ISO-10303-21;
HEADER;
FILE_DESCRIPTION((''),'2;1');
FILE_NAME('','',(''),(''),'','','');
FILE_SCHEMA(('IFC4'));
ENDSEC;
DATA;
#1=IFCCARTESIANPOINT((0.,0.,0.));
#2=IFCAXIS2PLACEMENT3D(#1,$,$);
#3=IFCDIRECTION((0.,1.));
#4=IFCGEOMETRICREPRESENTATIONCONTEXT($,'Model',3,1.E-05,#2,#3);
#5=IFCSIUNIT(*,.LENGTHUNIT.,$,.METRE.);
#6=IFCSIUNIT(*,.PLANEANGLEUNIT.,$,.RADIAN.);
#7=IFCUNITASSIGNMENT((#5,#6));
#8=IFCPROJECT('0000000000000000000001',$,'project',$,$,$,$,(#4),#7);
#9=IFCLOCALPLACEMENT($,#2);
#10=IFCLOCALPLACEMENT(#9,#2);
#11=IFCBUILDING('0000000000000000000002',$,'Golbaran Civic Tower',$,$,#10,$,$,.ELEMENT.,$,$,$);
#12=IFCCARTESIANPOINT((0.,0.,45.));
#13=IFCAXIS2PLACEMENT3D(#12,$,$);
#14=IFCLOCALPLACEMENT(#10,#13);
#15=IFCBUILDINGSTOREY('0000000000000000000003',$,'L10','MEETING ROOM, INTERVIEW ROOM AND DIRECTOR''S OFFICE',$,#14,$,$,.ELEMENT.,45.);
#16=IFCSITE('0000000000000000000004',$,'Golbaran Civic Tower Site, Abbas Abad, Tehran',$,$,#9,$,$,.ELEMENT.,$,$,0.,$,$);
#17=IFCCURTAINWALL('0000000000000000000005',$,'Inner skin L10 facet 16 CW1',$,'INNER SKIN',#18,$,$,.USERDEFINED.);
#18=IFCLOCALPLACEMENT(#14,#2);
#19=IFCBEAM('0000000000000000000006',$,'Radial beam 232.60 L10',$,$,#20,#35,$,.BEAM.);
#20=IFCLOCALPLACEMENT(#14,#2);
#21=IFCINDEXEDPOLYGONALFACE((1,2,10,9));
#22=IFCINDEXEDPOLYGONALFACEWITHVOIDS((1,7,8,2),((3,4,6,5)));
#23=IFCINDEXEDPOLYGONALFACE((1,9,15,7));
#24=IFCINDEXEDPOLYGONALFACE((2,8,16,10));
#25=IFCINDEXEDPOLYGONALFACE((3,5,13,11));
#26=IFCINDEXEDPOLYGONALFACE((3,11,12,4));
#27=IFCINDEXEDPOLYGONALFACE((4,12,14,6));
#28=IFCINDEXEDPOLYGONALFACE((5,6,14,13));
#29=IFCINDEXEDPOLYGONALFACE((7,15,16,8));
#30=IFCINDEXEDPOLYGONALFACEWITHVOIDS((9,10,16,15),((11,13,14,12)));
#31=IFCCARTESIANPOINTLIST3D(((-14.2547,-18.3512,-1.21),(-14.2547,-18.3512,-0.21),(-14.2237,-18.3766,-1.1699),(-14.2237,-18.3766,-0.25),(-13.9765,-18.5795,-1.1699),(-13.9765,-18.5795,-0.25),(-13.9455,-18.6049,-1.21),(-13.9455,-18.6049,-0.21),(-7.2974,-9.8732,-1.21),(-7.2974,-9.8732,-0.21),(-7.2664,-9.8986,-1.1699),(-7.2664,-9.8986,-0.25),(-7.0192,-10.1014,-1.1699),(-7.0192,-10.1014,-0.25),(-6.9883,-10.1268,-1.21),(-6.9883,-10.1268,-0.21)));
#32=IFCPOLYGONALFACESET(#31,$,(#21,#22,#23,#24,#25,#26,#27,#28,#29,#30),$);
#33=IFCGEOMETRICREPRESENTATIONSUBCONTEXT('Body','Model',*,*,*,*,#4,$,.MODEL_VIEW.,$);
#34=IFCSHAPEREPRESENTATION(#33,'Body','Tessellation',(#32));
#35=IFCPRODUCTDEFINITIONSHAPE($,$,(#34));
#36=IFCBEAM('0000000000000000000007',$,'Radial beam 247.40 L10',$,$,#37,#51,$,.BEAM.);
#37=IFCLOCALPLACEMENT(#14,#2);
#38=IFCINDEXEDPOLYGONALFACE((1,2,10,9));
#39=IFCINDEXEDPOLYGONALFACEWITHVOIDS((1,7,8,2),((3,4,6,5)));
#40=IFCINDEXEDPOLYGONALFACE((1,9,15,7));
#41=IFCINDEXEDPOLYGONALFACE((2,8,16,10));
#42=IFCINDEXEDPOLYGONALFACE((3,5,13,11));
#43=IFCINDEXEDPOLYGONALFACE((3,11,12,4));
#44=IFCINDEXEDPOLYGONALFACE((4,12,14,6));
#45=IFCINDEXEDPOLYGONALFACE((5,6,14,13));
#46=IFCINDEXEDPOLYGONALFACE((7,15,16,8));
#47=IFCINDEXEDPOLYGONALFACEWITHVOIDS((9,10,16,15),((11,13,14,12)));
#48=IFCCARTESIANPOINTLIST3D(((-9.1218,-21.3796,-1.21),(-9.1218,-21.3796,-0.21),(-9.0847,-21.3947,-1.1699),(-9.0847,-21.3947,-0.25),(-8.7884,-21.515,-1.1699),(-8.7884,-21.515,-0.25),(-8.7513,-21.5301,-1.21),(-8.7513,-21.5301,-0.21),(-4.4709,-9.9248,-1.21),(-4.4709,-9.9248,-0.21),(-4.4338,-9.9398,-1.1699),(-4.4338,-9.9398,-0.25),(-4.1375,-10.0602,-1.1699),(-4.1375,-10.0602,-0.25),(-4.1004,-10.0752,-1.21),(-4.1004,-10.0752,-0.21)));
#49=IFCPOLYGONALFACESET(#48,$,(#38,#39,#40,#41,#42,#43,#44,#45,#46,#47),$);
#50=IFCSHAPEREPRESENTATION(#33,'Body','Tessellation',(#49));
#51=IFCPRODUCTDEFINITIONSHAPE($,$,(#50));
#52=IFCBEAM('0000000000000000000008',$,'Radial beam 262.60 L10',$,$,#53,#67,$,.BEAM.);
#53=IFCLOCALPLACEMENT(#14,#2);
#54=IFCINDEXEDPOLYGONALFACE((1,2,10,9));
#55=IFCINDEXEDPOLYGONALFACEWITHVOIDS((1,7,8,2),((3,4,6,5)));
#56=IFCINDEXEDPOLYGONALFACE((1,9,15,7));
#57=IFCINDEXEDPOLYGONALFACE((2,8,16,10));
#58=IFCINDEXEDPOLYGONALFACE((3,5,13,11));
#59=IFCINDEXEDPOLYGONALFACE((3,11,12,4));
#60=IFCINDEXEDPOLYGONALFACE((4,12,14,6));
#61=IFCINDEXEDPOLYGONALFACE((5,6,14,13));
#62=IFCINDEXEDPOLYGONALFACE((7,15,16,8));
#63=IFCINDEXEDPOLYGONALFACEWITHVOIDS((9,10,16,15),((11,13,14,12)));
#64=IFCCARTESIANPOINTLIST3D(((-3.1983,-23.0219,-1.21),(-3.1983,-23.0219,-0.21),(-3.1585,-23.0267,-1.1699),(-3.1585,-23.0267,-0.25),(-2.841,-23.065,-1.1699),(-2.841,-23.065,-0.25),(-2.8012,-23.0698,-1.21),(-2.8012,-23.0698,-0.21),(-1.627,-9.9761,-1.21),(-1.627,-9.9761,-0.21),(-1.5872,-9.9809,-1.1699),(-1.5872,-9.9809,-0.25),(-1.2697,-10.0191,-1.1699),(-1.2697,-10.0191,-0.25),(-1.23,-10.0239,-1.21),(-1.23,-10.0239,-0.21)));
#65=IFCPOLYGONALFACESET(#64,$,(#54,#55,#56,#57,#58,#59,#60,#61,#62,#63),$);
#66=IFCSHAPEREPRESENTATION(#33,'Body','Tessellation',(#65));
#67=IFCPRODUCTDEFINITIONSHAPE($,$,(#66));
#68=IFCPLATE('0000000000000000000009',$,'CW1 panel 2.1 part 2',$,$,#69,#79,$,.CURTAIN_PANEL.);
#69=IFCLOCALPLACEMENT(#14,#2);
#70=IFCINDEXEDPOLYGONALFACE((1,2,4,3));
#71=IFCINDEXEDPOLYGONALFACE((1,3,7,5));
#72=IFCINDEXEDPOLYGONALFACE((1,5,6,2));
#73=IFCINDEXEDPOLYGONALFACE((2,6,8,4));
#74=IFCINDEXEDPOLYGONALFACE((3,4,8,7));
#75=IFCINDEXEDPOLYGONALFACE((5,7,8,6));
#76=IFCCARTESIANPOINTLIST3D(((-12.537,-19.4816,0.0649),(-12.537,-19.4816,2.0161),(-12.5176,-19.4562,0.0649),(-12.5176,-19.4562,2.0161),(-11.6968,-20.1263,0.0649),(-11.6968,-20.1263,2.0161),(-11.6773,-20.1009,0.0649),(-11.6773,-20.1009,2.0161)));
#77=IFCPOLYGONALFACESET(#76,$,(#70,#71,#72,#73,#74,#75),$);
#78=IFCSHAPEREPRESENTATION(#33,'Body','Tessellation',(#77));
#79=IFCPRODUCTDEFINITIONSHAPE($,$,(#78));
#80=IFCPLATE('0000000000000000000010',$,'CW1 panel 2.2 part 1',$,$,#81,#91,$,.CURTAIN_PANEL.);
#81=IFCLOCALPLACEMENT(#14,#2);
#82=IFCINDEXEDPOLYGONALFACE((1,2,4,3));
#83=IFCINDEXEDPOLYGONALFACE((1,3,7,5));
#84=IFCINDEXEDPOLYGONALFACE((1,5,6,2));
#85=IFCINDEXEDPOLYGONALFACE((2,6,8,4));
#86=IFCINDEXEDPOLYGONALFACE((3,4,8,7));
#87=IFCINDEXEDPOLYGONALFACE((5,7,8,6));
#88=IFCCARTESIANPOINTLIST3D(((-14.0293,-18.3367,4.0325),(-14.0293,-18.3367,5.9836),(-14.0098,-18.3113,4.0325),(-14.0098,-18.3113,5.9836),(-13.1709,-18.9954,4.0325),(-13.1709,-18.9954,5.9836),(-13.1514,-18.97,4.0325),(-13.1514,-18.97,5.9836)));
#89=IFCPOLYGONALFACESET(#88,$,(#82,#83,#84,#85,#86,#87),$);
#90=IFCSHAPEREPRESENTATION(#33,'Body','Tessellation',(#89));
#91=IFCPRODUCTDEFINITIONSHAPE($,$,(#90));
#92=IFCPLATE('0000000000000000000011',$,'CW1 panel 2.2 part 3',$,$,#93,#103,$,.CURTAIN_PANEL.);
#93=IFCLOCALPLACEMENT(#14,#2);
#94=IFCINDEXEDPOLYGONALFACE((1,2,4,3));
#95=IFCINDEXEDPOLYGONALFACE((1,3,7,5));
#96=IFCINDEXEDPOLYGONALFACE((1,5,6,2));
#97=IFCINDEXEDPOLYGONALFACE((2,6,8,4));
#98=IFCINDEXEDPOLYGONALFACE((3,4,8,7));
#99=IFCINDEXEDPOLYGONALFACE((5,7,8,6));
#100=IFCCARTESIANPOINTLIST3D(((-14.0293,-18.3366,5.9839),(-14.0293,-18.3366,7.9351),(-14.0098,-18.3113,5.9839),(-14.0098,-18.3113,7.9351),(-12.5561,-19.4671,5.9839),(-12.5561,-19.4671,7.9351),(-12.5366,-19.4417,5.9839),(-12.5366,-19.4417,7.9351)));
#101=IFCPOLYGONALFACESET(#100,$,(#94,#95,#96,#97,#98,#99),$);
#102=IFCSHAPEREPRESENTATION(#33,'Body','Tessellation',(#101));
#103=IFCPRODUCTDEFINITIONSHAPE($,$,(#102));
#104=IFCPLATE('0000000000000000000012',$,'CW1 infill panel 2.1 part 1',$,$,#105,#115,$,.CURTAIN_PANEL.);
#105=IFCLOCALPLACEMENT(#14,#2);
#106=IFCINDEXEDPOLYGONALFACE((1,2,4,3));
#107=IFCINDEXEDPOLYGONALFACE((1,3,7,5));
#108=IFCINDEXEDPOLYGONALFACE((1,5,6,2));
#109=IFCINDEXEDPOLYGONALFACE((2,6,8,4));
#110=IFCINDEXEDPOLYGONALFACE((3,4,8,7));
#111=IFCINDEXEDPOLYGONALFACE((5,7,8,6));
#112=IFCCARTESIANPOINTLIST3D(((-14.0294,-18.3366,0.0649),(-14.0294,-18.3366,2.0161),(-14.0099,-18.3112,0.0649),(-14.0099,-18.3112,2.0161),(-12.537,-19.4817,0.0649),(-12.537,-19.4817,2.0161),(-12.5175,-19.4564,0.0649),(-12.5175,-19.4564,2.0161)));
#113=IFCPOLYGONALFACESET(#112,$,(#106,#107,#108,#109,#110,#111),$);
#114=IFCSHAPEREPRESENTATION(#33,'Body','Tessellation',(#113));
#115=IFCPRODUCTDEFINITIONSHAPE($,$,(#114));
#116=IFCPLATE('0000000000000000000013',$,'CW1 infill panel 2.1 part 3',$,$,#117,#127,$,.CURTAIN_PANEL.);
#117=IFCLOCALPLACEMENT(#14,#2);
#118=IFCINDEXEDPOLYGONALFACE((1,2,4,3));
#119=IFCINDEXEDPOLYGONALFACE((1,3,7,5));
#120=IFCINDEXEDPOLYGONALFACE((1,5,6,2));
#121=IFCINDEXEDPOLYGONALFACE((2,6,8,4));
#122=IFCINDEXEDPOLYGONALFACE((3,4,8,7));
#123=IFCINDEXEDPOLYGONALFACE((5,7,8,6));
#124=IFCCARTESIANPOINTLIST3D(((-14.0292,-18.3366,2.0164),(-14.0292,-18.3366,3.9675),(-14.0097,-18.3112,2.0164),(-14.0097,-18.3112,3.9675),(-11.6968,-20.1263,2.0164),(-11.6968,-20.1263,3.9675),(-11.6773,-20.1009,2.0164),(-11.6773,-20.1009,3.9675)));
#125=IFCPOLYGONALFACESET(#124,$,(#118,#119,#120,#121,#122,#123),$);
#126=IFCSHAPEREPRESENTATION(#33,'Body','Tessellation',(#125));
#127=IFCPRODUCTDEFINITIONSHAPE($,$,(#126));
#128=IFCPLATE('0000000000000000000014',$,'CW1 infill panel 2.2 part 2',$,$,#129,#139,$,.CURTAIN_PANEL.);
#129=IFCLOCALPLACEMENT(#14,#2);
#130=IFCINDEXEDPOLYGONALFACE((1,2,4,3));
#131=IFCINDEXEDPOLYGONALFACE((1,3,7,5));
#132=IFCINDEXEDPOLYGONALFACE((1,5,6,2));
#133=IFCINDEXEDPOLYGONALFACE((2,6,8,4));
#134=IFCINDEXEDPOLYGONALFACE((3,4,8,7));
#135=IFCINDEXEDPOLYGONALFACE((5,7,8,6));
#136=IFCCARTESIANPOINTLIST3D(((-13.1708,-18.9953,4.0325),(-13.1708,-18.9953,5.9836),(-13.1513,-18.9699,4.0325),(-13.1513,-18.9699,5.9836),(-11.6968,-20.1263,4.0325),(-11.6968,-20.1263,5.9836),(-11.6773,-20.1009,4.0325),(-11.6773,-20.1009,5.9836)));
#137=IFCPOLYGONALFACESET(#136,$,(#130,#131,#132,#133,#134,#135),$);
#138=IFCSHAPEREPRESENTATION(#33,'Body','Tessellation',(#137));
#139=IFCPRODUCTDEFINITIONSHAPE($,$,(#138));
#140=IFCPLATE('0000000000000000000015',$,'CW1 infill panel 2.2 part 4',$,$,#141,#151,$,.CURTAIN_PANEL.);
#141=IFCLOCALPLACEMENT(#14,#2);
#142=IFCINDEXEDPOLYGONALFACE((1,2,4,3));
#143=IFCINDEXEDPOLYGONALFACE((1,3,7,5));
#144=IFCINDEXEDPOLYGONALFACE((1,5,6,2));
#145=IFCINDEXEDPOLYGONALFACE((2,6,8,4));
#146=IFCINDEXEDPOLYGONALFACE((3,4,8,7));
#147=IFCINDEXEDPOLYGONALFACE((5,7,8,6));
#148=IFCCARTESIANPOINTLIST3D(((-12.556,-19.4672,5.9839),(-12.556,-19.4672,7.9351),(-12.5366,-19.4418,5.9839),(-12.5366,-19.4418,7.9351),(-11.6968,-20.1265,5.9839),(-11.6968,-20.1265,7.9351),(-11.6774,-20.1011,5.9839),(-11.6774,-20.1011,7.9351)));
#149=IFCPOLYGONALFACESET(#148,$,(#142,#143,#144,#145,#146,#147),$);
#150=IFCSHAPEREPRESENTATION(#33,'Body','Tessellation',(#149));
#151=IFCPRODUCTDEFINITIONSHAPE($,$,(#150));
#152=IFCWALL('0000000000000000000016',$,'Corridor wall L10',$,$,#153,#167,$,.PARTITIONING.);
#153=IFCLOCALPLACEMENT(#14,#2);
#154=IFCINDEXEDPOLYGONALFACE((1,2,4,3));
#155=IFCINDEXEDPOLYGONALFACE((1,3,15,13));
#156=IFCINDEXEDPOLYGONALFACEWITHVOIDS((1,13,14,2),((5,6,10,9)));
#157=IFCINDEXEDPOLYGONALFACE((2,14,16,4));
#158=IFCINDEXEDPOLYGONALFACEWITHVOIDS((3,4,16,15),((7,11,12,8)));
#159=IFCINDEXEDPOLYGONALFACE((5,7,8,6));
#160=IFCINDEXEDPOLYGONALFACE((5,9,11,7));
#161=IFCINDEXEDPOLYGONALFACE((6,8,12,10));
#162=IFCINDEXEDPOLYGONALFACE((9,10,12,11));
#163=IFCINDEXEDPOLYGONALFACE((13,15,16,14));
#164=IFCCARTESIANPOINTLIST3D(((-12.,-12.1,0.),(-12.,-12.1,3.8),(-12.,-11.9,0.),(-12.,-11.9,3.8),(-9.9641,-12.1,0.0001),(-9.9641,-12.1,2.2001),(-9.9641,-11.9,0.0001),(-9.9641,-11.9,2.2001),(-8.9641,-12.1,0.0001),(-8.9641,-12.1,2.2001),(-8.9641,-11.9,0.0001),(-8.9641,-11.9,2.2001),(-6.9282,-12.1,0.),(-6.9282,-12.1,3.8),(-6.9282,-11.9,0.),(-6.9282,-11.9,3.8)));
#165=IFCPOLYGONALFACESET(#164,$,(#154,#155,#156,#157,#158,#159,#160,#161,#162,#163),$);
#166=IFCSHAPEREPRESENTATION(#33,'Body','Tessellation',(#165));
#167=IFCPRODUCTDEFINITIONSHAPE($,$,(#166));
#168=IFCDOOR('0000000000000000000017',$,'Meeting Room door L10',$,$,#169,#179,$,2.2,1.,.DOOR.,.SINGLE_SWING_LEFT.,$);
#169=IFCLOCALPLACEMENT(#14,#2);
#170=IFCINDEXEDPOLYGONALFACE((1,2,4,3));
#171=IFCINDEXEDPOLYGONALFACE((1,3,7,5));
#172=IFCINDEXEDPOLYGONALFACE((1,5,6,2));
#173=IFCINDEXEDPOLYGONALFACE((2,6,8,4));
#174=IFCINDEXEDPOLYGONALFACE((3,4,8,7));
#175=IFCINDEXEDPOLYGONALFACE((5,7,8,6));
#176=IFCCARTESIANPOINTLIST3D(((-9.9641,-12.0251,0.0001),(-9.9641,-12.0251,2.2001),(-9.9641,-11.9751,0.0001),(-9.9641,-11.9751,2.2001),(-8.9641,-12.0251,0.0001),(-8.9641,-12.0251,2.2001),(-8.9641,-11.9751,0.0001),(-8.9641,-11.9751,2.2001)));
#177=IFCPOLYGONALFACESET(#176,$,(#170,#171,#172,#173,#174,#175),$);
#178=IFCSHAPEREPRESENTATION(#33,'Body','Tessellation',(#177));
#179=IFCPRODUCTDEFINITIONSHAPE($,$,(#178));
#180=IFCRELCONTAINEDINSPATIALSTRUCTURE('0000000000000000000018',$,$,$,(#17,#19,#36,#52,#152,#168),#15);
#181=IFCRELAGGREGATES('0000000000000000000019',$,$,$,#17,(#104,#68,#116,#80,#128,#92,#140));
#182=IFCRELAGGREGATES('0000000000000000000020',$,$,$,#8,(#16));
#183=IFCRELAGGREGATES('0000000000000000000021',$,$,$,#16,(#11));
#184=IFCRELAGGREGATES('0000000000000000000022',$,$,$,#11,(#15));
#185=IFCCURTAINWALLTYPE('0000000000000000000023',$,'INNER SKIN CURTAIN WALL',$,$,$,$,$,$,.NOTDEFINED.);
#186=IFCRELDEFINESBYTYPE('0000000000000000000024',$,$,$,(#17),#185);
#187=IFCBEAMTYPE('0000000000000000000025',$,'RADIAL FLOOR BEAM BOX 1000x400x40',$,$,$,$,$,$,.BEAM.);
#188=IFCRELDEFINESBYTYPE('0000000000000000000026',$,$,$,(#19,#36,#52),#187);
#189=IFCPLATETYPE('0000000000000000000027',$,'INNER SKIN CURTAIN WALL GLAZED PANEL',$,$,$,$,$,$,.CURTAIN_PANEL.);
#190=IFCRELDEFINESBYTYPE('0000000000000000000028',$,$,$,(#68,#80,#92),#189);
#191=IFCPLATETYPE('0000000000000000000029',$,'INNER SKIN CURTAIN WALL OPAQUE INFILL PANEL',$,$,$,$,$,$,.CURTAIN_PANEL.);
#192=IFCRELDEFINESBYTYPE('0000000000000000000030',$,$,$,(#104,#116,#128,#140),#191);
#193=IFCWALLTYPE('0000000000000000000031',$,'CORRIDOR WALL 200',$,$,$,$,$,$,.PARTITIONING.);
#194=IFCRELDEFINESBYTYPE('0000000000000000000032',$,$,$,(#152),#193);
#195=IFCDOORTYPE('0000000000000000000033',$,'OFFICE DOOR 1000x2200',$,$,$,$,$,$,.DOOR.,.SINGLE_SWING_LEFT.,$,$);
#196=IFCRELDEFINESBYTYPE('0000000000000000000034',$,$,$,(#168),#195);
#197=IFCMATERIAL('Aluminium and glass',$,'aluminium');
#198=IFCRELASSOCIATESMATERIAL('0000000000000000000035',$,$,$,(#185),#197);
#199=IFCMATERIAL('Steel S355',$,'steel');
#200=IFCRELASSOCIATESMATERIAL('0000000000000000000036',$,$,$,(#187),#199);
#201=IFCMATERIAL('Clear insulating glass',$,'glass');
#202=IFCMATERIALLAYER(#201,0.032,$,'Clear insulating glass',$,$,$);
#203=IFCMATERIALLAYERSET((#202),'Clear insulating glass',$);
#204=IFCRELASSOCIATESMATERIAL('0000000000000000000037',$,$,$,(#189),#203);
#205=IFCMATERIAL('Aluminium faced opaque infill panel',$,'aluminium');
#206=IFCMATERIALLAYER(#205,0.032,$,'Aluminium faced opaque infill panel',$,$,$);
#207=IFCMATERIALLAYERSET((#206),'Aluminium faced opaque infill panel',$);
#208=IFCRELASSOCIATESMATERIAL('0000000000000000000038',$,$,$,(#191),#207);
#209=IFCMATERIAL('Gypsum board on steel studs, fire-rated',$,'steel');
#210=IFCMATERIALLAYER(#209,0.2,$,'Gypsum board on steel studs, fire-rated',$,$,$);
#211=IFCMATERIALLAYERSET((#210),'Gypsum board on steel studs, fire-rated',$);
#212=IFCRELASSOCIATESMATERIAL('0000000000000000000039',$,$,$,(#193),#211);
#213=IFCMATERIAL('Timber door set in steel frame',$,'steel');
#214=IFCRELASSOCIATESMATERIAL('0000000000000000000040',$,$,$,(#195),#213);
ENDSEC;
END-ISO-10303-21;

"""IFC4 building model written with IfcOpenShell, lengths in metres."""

from ifc_helpers import new_model, si_unit, direction, frame, frame_2d, origin, origin_2d, place, context, subcontext, project, spatial, rectangle, hollow_rectangle, extrude, material, layer, layer_set, material_profile, profile_set, type_object, element, fill, aggregate, save


model = new_model("IFC4")

# Units and contexts
model_context = context("Model", 3, precision=1e-05, world=origin(), true_north=direction((0.0, 1.0)))
body_context = subcontext(model_context, "Body", "Model", "MODEL_VIEW")
ifc_project = project(units=[si_unit("LENGTHUNIT", "METRE"), si_unit("PLANEANGLEUNIT", "RADIAN")], contexts=[model_context])

# Site, building, storey
site_placement = place(None, origin())
site = spatial("IfcSite", under=ifc_project, at=site_placement, Name="Golbaran Civic Tower Site, Abbas Abad, Tehran", CompositionType="ELEMENT", RefElevation=0.0)
building_placement = place(site_placement, origin())
building = spatial("IfcBuilding", under=site, at=building_placement, Name="Golbaran Civic Tower", CompositionType="ELEMENT")
storey_placement = place(building_placement, frame((0.0, 0.0, 45.0)))
storey = spatial("IfcBuildingStorey", under=building, at=storey_placement, Name="L10", Description="MEETING ROOM, INTERVIEW ROOM AND DIRECTOR'S OFFICE", CompositionType="ELEMENT", Elevation=45.0)

# Shared definitions
ifc_material_1 = material(Name="Steel S355", Category="steel")

# Curtain wall
ifc_material_2 = material(Name="Aluminium and glass", Category="aluminium")
curtain_wall_type = type_object("IfcCurtainWallType", Name="INNER SKIN CURTAIN WALL", PredefinedType="NOTDEFINED", material=ifc_material_2)
curtain_wall_1_placement = place(storey_placement, origin())
curtain_wall_1 = element("IfcCurtainWall", 1, at=curtain_wall_1_placement, inside=storey, type_object=curtain_wall_type, Name="Inner skin L10 facet 16 CW1", ObjectType="INNER SKIN", PredefinedType="USERDEFINED")

# Beams
ifc_material_profile_1 = material_profile(ifc_material_1, hollow_rectangle(XDim=0.3999, YDim=1.0, WallThickness=0.04, at=origin_2d()), Name="BOX 1000x400x40")
ifc_profile_set_1 = profile_set([ifc_material_profile_1], Name="Steel S355")
beam_type_1 = type_object("IfcBeamType", Name="RADIAL FLOOR BEAM BOX 1000x400x40", PredefinedType="BEAM", material=ifc_profile_set_1)
beam_1_placement = place(storey_placement, frame((-7.1428, -10.0, -0.71), z_axis=(-0.634368, -0.773031, 0.0), x_axis=(0.773031, -0.634368, 0.0)))
element("IfcBeam", 2, at=beam_1_placement, inside=storey, type_object=beam_type_1, Name="Radial beam 232.60 L10", PredefinedType="BEAM", context=body_context, shape_type="SweptSolid", body=[
    extrude(hollow_rectangle(XDim=0.3999, YDim=1.0, WallThickness=0.04, at=origin_2d()), origin(), (0.0, 0.0, 1.0), 10.9673),
])
beam_2_placement = place(storey_placement, frame((-4.2856, -10.0, -0.71), z_axis=(-0.376193, -0.926541, 0.0), x_axis=(0.926541, -0.376193, 0.0)))
element("IfcBeam", 3, at=beam_2_placement, inside=storey, type_object=beam_type_1, Name="Radial beam 247.40 L10", PredefinedType="BEAM", context=body_context, shape_type="SweptSolid", body=[
    extrude(hollow_rectangle(XDim=0.3999, YDim=1.0, WallThickness=0.04, at=origin_2d()), origin(), (0.0, 0.0, 1.0), 12.363),
])
beam_3_placement = place(storey_placement, frame((-1.4285, -10.0, -0.71), z_axis=(-0.119579, -0.992825, 0.0), x_axis=(0.992825, -0.119579, 0.0)))
element("IfcBeam", 4, at=beam_3_placement, inside=storey, type_object=beam_type_1, Name="Radial beam 262.60 L10", PredefinedType="BEAM", context=body_context, shape_type="SweptSolid", body=[
    extrude(hollow_rectangle(XDim=0.3999, YDim=1.0, WallThickness=0.04, at=origin_2d()), origin(), (0.0, 0.0, 1.0), 13.1401),
])

# Plates
ifc_material_3 = material(Name="Clear insulating glass", Category="glass")
ifc_layer_1 = layer(ifc_material_3, 0.032, Name="Clear insulating glass")
ifc_layer_set_1 = layer_set([ifc_layer_1], Name="Clear insulating glass")
plate_type_1 = type_object("IfcPlateType", Name="INNER SKIN CURTAIN WALL GLAZED PANEL", PredefinedType="CURTAIN_PANEL", material=ifc_layer_set_1)
plate_1_placement = place(storey_placement, frame((-12.1072, -19.7913, 0.0649), z_axis=(0.0, 0.0, 1.0), x_axis=(0.793353, -0.608761, 0.0)))
plate_1 = element("IfcPlate", 5, at=plate_1_placement, type_object=plate_type_1, Name="CW1 panel 2.1 part 2", PredefinedType="CURTAIN_PANEL", context=body_context, shape_type="SweptSolid", body=[
    extrude(rectangle(XDim=1.0591, YDim=0.032, at=origin_2d()), origin(), (0.0, 0.0, 1.0), 1.9512),
])
plate_2_placement = place(storey_placement, frame((-13.5903, -18.6533, 4.0325), z_axis=(0.0, 0.0, 1.0), x_axis=(0.793353, -0.608761, 0.0)))
plate_2 = element("IfcPlate", 6, at=plate_2_placement, type_object=plate_type_1, Name="CW1 panel 2.2 part 1", PredefinedType="CURTAIN_PANEL", context=body_context, shape_type="SweptSolid", body=[
    extrude(rectangle(XDim=1.082, YDim=0.032, at=origin_2d()), origin(), (0.0, 0.0, 1.0), 1.9512),
])
plate_3_placement = place(storey_placement, frame((-13.283, -18.8892, 5.9839), z_axis=(0.0, 0.0, 1.0), x_axis=(0.793353, -0.608761, 0.0)))
plate_3 = element("IfcPlate", 7, at=plate_3_placement, type_object=plate_type_1, Name="CW1 panel 2.2 part 3", PredefinedType="CURTAIN_PANEL", context=body_context, shape_type="SweptSolid", body=[
    extrude(rectangle(XDim=1.8569, YDim=0.032, at=origin_2d()), origin(), (0.0, 0.0, 1.0), 1.9512),
])
ifc_material_4 = material(Name="Aluminium faced opaque infill panel", Category="aluminium")
ifc_layer_2 = layer(ifc_material_4, 0.032, Name="Aluminium faced opaque infill panel")
ifc_layer_set_2 = layer_set([ifc_layer_2], Name="Aluminium faced opaque infill panel")
plate_type_2 = type_object("IfcPlateType", Name="INNER SKIN CURTAIN WALL OPAQUE INFILL PANEL", PredefinedType="CURTAIN_PANEL", material=ifc_layer_set_2)
plate_4_placement = place(storey_placement, frame((-13.2734, -18.8965, 0.0649), z_axis=(0.0, 0.0, 1.0), x_axis=(0.793353, -0.608761, 0.0)))
plate_4 = element("IfcPlate", 8, at=plate_4_placement, type_object=plate_type_2, Name="CW1 infill panel 2.1 part 1", PredefinedType="CURTAIN_PANEL", context=body_context, shape_type="SweptSolid", body=[
    extrude(rectangle(XDim=1.8811, YDim=0.032, at=origin_2d()), origin(), (0.0, 0.0, 1.0), 1.9512),
])
plate_5_placement = place(storey_placement, frame((-12.8533, -19.2188, 2.0164), z_axis=(0.0, 0.0, 1.0), x_axis=(0.793353, -0.608761, 0.0)))
plate_5 = element("IfcPlate", 9, at=plate_5_placement, type_object=plate_type_2, Name="CW1 infill panel 2.1 part 3", PredefinedType="CURTAIN_PANEL", context=body_context, shape_type="SweptSolid", body=[
    extrude(rectangle(XDim=2.9399, YDim=0.032, at=origin_2d()), origin(), (0.0, 0.0, 1.0), 1.9512),
])
plate_6_placement = place(storey_placement, frame((-12.4241, -19.5481, 4.0325), z_axis=(0.0, 0.0, 1.0), x_axis=(0.793353, -0.608761, 0.0)))
plate_6 = element("IfcPlate", 10, at=plate_6_placement, type_object=plate_type_2, Name="CW1 infill panel 2.2 part 2", PredefinedType="CURTAIN_PANEL", context=body_context, shape_type="SweptSolid", body=[
    extrude(rectangle(XDim=1.8579, YDim=0.032, at=origin_2d()), origin(), (0.0, 0.0, 1.0), 1.9512),
])
plate_7_placement = place(storey_placement, frame((-12.1167, -19.7842, 5.9839), z_axis=(0.0, 0.0, 1.0), x_axis=(0.793353, -0.608761, 0.0)))
plate_7 = element("IfcPlate", 11, at=plate_7_placement, type_object=plate_type_2, Name="CW1 infill panel 2.2 part 4", PredefinedType="CURTAIN_PANEL", context=body_context, shape_type="SweptSolid", body=[
    extrude(rectangle(XDim=1.083, YDim=0.032, at=origin_2d()), origin(), (0.0, 0.0, 1.0), 1.9512),
])
aggregate(curtain_wall_1, [plate_4, plate_1, plate_5, plate_2, plate_6, plate_3, plate_7])

# Wall, opening, door
ifc_material_5 = material(Name="Gypsum board on steel studs, fire-rated", Category="steel")
ifc_layer_3 = layer(ifc_material_5, 0.2, Name="Gypsum board on steel studs, fire-rated")
ifc_layer_set_3 = layer_set([ifc_layer_3], Name="Gypsum board on steel studs, fire-rated")
wall_type_1 = type_object("IfcWallType", Name="CORRIDOR WALL 200", PredefinedType="PARTITIONING", material=ifc_layer_set_3)
wall_1_placement = place(storey_placement, frame((-12.0, -12.0, 0.0), z_axis=(0.0, 0.0, 1.0), x_axis=(1.0, 0.0, 0.0)))
wall_1 = element("IfcWall", 12, at=wall_1_placement, inside=storey, type_object=wall_type_1, Name="Corridor wall L10", PredefinedType="PARTITIONING", context=body_context, shape_type="SweptSolid", body=[
    extrude(rectangle(XDim=5.0718, YDim=0.2, at=frame_2d((2.5359, 0.0))), origin(), (0.0, 0.0, 1.0), 3.8),
])
opening_1_placement = place(wall_1_placement, frame((2.0359, 0.0, 0.0)))
opening_1 = element("IfcOpeningElement", 13, at=opening_1_placement, cuts=wall_1, PredefinedType="OPENING", context=body_context, shape_type="SweptSolid", body=[
    extrude(rectangle(XDim=1.0, YDim=2.2, at=frame_2d((0.5, 1.1001))), frame((0.0, 0.1099, 0.0), z_axis=(0.0, -1.0, 0.0), x_axis=(1.0, 0.0, 0.0)), (0.0, 0.0, 1.0), 0.22),
])
ifc_material_6 = material(Name="Timber door set in steel frame", Category="steel")
door_type_1 = type_object("IfcDoorType", Name="OFFICE DOOR 1000x2200", OperationType="SINGLE_SWING_LEFT", PredefinedType="DOOR", material=ifc_material_6)
door_1_placement = place(opening_1_placement, origin())
door_1 = element("IfcDoor", 14, at=door_1_placement, inside=storey, type_object=door_type_1, Name="Meeting Room door L10", OperationType="SINGLE_SWING_LEFT", OverallHeight=2.2, OverallWidth=1.0, PredefinedType="DOOR", context=body_context, shape_type="SweptSolid", body=[
    extrude(rectangle(XDim=1.0, YDim=2.2, at=frame_2d((0.5, 1.1001))), frame((0.0, 0.0249, 0.0), z_axis=(0.0, -1.0, 0.0), x_axis=(1.0, 0.0, 0.0)), (0.0, 0.0, 1.0), 0.05),
])
fill(opening_1, door_1)

save(model, "model.ifc")
